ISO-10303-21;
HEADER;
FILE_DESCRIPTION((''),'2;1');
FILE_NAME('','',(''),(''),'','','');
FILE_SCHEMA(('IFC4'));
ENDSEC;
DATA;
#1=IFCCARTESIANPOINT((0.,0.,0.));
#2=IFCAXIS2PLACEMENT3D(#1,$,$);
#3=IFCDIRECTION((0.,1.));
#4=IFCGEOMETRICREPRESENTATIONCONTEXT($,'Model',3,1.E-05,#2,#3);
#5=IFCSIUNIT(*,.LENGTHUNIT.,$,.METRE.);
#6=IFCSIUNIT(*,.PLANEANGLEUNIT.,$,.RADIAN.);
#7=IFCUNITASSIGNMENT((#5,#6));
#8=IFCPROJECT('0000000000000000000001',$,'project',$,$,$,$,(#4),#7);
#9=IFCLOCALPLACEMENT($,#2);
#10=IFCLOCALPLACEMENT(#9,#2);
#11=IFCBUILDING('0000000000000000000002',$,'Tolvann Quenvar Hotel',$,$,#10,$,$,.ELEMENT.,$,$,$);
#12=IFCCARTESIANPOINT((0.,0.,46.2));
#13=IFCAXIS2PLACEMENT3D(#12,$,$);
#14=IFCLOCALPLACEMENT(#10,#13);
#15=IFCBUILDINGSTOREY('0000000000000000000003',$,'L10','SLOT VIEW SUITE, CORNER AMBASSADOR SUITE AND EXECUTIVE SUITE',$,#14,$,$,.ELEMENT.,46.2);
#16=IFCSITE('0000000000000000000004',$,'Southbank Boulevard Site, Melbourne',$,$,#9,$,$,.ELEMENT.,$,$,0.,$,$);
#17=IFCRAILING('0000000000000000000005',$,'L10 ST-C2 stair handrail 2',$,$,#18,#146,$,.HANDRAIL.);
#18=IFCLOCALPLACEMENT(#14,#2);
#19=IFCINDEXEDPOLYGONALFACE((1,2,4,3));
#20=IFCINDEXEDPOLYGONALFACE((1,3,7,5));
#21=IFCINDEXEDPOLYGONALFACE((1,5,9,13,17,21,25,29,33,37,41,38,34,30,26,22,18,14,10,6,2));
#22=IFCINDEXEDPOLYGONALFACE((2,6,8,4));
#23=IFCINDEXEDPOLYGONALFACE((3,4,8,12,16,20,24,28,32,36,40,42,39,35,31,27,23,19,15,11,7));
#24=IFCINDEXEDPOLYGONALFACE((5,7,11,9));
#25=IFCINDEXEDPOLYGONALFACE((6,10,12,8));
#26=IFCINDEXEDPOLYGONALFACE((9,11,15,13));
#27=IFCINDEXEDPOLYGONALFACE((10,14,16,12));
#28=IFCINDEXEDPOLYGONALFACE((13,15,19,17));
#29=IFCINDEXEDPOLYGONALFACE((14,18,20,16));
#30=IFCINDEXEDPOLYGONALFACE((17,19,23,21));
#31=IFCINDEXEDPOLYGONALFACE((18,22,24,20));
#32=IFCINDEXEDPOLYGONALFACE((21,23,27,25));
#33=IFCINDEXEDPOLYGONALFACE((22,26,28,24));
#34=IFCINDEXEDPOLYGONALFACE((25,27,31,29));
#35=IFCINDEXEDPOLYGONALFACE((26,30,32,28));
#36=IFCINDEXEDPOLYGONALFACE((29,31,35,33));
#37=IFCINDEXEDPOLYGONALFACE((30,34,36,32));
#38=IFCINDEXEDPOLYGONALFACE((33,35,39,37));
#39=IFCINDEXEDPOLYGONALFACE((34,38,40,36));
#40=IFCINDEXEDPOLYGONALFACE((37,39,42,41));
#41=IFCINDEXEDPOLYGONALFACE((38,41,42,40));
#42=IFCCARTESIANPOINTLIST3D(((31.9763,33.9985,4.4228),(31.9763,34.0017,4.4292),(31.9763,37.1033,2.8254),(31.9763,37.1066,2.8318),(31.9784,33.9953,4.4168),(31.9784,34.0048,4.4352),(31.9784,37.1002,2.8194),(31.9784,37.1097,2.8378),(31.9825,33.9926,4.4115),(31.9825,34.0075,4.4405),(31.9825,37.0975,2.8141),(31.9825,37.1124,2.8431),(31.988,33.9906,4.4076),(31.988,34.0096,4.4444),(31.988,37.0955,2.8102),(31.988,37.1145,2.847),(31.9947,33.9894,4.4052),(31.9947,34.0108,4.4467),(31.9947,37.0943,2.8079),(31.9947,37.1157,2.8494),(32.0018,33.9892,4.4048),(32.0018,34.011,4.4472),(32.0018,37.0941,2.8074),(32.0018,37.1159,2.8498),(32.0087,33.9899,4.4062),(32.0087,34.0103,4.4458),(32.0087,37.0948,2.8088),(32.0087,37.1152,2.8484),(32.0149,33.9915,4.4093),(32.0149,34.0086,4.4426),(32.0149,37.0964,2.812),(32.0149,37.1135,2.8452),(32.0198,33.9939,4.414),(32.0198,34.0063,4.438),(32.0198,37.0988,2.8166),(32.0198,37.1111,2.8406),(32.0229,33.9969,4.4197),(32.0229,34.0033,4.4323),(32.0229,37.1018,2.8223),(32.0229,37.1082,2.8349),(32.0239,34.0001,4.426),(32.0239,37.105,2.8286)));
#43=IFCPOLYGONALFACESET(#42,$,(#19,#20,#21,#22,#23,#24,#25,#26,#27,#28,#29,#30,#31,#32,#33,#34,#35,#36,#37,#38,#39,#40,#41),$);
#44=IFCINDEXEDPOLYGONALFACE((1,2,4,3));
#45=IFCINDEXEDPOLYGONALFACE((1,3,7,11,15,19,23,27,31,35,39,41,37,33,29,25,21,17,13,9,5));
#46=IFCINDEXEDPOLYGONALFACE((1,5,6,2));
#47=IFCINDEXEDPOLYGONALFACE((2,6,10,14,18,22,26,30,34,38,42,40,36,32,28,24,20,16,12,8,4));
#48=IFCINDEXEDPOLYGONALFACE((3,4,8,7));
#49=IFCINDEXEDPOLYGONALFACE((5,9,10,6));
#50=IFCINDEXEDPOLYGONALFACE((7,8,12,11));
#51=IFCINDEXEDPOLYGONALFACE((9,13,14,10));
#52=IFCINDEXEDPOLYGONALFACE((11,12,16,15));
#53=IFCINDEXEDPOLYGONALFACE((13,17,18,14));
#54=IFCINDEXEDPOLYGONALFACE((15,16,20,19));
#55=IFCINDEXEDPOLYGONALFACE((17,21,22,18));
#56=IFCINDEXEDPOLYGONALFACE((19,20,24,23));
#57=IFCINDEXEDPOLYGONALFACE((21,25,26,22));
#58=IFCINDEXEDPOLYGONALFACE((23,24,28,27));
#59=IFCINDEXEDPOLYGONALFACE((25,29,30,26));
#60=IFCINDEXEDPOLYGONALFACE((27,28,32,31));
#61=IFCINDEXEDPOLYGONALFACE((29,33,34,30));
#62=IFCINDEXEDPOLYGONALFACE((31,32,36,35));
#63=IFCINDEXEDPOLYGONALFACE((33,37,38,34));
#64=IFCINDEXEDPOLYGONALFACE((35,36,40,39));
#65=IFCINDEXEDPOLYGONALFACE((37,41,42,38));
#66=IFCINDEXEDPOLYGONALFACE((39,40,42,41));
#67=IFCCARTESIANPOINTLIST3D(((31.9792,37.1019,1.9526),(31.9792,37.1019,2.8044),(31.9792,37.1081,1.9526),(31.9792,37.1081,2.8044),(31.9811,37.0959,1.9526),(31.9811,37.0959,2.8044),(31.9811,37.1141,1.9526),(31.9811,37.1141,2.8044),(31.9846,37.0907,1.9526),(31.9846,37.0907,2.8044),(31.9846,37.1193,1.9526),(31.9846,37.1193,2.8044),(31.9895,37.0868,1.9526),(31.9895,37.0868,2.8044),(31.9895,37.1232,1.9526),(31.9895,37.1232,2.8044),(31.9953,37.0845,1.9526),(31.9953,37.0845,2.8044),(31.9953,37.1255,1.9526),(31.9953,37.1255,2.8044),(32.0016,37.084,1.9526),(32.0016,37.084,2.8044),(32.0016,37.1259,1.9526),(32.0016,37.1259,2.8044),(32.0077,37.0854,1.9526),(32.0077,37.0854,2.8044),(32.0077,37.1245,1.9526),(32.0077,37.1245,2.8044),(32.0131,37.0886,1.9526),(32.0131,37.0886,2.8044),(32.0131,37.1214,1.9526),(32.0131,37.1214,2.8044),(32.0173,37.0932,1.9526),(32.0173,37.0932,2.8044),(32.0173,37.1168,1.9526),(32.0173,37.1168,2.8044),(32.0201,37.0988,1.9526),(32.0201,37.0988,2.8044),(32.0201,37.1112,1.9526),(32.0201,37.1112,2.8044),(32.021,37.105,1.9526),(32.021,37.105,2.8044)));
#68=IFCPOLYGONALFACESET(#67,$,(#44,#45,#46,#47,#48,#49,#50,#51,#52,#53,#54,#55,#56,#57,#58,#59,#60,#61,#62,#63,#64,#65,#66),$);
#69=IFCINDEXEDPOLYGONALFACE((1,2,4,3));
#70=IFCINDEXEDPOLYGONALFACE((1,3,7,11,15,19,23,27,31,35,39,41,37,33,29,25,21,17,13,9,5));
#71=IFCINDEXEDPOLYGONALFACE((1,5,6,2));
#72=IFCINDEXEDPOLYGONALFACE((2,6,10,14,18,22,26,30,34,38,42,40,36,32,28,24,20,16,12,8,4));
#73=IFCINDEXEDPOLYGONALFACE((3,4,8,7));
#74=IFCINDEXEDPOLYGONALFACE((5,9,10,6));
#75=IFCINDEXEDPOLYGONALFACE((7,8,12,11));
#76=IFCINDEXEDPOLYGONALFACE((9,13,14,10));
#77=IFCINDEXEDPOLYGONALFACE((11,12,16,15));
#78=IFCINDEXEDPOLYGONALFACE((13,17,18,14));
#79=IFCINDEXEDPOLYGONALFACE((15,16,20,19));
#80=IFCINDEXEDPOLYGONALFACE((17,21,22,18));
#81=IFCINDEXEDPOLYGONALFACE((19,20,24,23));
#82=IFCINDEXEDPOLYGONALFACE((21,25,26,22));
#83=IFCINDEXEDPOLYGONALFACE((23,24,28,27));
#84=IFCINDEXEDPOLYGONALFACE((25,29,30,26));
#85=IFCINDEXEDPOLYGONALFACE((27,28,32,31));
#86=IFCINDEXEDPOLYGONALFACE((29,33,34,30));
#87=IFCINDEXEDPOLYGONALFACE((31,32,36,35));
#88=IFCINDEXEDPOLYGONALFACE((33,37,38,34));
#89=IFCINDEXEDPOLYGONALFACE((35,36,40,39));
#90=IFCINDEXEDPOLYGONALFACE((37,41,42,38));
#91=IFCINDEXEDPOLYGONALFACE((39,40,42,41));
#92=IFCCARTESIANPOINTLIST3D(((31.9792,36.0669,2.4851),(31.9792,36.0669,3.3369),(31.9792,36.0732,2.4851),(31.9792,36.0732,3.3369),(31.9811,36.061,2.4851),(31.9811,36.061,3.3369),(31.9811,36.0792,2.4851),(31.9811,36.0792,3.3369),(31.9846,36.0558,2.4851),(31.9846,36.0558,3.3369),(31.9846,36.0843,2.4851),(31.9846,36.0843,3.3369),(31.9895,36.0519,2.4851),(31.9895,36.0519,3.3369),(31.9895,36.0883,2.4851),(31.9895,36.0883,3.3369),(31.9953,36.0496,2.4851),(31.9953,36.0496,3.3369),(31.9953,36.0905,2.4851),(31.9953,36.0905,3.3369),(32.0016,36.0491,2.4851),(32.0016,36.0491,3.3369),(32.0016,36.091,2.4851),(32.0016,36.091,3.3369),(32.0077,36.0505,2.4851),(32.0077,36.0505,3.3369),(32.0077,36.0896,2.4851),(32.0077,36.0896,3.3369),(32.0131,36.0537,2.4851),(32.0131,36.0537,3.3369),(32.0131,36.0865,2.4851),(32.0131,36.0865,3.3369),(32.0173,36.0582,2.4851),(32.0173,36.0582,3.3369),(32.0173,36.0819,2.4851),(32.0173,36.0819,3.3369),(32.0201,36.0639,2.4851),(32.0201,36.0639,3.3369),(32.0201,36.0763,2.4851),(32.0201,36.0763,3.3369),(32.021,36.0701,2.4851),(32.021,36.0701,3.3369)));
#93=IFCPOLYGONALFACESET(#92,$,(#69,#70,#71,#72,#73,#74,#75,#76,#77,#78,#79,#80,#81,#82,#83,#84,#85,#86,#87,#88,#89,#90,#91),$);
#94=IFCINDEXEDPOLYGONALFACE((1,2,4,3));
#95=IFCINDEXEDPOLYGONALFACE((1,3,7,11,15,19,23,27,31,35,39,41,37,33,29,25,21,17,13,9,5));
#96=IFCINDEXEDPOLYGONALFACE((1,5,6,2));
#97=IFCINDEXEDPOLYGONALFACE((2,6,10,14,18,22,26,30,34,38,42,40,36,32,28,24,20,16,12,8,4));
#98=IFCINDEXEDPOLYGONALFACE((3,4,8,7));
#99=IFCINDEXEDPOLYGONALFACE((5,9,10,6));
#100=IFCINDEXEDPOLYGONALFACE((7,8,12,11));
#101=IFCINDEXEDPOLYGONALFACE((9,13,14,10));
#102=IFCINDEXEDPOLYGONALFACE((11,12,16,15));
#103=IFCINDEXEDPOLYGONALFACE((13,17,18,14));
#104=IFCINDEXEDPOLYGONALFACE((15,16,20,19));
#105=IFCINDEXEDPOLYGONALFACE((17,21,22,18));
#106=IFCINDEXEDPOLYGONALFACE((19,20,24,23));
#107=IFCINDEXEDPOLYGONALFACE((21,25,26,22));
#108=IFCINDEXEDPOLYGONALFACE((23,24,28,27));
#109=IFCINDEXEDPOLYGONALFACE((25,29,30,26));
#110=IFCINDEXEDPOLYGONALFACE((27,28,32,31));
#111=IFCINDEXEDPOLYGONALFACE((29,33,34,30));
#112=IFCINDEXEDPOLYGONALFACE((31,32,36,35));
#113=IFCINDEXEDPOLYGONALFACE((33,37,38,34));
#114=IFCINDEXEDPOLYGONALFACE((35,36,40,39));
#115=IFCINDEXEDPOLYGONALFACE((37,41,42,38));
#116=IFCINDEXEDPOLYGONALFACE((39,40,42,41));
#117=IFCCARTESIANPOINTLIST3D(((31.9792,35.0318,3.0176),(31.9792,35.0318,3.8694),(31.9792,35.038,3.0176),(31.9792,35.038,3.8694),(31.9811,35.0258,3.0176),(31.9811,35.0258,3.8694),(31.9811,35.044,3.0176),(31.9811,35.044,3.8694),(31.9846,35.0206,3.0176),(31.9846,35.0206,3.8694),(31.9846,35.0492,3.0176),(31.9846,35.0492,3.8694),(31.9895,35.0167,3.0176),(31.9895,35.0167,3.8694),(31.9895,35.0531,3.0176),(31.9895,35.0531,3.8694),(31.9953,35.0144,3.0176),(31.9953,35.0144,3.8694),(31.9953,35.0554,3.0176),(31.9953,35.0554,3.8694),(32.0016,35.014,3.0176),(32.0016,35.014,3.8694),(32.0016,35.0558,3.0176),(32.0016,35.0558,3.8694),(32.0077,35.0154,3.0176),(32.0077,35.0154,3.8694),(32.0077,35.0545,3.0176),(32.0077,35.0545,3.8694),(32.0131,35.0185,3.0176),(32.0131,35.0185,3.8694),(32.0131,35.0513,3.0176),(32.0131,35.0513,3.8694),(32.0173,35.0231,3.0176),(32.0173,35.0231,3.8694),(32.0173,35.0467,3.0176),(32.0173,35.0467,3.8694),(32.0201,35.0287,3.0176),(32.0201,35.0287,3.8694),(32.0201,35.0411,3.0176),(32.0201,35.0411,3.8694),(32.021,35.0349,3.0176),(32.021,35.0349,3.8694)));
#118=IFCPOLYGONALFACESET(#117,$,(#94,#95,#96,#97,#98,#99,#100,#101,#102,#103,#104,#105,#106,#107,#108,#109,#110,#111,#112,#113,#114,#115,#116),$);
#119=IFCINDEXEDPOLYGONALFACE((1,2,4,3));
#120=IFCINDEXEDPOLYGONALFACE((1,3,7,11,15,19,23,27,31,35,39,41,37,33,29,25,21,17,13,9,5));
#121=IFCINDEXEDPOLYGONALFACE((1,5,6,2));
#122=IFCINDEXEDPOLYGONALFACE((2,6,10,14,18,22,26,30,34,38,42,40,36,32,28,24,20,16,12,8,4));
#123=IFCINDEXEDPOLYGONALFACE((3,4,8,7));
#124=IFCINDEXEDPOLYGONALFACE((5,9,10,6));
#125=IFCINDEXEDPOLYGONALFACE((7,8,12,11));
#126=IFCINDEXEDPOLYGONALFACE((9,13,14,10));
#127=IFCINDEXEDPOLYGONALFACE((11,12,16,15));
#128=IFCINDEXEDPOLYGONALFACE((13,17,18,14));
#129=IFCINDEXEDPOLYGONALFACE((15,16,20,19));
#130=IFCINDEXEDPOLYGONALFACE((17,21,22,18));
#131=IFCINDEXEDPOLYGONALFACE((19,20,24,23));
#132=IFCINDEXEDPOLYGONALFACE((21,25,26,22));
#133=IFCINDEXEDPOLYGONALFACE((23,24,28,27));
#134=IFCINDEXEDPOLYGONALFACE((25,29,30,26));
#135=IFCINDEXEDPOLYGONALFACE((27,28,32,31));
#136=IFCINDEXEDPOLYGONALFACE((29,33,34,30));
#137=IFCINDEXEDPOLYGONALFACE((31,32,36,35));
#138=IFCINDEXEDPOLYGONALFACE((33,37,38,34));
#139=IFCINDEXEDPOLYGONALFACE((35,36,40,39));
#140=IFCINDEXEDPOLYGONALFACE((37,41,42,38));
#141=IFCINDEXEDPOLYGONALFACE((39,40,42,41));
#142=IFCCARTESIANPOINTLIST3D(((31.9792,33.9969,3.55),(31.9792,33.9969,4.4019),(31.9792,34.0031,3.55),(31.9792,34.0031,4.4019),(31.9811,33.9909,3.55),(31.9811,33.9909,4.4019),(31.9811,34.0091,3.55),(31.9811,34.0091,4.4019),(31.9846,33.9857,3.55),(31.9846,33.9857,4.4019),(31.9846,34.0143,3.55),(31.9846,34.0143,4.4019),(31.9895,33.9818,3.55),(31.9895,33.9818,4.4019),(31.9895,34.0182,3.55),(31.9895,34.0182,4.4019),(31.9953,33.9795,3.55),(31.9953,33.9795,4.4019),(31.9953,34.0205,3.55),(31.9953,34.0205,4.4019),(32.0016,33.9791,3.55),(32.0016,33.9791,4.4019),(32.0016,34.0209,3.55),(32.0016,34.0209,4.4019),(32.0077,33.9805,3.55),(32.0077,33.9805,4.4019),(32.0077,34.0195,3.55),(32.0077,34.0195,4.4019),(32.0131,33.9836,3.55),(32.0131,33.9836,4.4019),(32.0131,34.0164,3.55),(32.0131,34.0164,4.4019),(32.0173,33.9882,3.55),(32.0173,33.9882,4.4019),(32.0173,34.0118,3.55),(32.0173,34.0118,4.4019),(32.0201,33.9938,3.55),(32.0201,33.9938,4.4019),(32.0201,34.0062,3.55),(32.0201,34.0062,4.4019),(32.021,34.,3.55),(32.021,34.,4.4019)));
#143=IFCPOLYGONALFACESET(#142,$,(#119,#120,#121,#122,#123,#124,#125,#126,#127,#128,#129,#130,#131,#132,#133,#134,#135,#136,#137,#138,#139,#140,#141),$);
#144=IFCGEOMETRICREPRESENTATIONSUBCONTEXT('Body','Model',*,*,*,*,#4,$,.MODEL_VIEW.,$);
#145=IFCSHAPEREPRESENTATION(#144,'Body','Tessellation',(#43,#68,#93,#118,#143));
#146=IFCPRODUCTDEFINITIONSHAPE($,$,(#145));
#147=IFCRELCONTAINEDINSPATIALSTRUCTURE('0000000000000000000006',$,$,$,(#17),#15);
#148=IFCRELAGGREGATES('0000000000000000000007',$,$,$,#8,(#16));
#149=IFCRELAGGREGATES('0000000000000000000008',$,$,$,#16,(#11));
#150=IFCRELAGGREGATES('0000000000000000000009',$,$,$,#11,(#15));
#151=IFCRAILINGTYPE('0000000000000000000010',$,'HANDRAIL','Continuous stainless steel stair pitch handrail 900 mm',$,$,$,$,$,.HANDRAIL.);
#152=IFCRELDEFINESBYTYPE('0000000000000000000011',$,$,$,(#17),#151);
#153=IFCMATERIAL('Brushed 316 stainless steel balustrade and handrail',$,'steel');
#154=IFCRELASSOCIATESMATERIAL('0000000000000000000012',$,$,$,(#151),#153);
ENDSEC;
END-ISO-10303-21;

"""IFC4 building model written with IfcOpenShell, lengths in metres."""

from ifc_helpers import new_model, si_unit, direction, frame, origin, origin_2d, place, context, subcontext, project, spatial, circle, extrude, material, type_object, element, save


model = new_model("IFC4")

# Units and contexts
model_context = context("Model", 3, precision=1e-05, world=origin(), true_north=direction((0.0, 1.0)))
body_context = subcontext(model_context, "Body", "Model", "MODEL_VIEW")
ifc_project = project(units=[si_unit("LENGTHUNIT", "METRE"), si_unit("PLANEANGLEUNIT", "RADIAN")], contexts=[model_context])

# Site, building, storey
site_placement = place(None, origin())
site = spatial("IfcSite", under=ifc_project, at=site_placement, Name="Southbank Boulevard Site, Melbourne", CompositionType="ELEMENT", RefElevation=0.0)
building_placement = place(site_placement, origin())
building = spatial("IfcBuilding", under=site, at=building_placement, Name="Tolvann Quenvar Hotel", CompositionType="ELEMENT")
storey_placement = place(building_placement, frame((0.0, 0.0, 46.2)))
storey = spatial("IfcBuildingStorey", under=building, at=storey_placement, Name="L10", Description="SLOT VIEW SUITE, CORNER AMBASSADOR SUITE AND EXECUTIVE SUITE", CompositionType="ELEMENT", Elevation=46.2)

# Railing
ifc_material_1 = material(Name="Brushed 316 stainless steel balustrade and handrail", Category="steel")
railing_type_1 = type_object("IfcRailingType", Name="HANDRAIL", Description="Continuous stainless steel stair pitch handrail 900 mm", PredefinedType="HANDRAIL", material=ifc_material_1)
railing_1_placement = place(storey_placement, frame((32.0, 37.105, 1.9526)))
element("IfcRailing", 1, at=railing_1_placement, inside=storey, type_object=railing_type_1, Name="L10 ST-C2 stair handrail 2", PredefinedType="HANDRAIL", context=body_context, shape_type="SweptSolid", body=[
    extrude(circle(Radius=0.0239, at=origin_2d()), frame((0.0, 0.0, 0.876), z_axis=(0.0, -0.889222, 0.457476), x_axis=(1.0, 0.0, 0.0)), (0.0, 0.0, 1.0), 3.4917),
    extrude(circle(Radius=0.021, at=origin_2d()), origin(), (0.0, 0.0, 1.0), 0.8518),
    extrude(circle(Radius=0.021, at=origin_2d()), frame((0.0, -1.0349, 0.5325)), (0.0, 0.0, 1.0), 0.8518),
    extrude(circle(Radius=0.021, at=origin_2d()), frame((0.0, -2.0701, 1.0649)), (0.0, 0.0, 1.0), 0.8518),
    extrude(circle(Radius=0.021, at=origin_2d()), frame((0.0, -3.105, 1.5974)), (0.0, 0.0, 1.0), 0.8518),
])

save(model, "model.ifc")
